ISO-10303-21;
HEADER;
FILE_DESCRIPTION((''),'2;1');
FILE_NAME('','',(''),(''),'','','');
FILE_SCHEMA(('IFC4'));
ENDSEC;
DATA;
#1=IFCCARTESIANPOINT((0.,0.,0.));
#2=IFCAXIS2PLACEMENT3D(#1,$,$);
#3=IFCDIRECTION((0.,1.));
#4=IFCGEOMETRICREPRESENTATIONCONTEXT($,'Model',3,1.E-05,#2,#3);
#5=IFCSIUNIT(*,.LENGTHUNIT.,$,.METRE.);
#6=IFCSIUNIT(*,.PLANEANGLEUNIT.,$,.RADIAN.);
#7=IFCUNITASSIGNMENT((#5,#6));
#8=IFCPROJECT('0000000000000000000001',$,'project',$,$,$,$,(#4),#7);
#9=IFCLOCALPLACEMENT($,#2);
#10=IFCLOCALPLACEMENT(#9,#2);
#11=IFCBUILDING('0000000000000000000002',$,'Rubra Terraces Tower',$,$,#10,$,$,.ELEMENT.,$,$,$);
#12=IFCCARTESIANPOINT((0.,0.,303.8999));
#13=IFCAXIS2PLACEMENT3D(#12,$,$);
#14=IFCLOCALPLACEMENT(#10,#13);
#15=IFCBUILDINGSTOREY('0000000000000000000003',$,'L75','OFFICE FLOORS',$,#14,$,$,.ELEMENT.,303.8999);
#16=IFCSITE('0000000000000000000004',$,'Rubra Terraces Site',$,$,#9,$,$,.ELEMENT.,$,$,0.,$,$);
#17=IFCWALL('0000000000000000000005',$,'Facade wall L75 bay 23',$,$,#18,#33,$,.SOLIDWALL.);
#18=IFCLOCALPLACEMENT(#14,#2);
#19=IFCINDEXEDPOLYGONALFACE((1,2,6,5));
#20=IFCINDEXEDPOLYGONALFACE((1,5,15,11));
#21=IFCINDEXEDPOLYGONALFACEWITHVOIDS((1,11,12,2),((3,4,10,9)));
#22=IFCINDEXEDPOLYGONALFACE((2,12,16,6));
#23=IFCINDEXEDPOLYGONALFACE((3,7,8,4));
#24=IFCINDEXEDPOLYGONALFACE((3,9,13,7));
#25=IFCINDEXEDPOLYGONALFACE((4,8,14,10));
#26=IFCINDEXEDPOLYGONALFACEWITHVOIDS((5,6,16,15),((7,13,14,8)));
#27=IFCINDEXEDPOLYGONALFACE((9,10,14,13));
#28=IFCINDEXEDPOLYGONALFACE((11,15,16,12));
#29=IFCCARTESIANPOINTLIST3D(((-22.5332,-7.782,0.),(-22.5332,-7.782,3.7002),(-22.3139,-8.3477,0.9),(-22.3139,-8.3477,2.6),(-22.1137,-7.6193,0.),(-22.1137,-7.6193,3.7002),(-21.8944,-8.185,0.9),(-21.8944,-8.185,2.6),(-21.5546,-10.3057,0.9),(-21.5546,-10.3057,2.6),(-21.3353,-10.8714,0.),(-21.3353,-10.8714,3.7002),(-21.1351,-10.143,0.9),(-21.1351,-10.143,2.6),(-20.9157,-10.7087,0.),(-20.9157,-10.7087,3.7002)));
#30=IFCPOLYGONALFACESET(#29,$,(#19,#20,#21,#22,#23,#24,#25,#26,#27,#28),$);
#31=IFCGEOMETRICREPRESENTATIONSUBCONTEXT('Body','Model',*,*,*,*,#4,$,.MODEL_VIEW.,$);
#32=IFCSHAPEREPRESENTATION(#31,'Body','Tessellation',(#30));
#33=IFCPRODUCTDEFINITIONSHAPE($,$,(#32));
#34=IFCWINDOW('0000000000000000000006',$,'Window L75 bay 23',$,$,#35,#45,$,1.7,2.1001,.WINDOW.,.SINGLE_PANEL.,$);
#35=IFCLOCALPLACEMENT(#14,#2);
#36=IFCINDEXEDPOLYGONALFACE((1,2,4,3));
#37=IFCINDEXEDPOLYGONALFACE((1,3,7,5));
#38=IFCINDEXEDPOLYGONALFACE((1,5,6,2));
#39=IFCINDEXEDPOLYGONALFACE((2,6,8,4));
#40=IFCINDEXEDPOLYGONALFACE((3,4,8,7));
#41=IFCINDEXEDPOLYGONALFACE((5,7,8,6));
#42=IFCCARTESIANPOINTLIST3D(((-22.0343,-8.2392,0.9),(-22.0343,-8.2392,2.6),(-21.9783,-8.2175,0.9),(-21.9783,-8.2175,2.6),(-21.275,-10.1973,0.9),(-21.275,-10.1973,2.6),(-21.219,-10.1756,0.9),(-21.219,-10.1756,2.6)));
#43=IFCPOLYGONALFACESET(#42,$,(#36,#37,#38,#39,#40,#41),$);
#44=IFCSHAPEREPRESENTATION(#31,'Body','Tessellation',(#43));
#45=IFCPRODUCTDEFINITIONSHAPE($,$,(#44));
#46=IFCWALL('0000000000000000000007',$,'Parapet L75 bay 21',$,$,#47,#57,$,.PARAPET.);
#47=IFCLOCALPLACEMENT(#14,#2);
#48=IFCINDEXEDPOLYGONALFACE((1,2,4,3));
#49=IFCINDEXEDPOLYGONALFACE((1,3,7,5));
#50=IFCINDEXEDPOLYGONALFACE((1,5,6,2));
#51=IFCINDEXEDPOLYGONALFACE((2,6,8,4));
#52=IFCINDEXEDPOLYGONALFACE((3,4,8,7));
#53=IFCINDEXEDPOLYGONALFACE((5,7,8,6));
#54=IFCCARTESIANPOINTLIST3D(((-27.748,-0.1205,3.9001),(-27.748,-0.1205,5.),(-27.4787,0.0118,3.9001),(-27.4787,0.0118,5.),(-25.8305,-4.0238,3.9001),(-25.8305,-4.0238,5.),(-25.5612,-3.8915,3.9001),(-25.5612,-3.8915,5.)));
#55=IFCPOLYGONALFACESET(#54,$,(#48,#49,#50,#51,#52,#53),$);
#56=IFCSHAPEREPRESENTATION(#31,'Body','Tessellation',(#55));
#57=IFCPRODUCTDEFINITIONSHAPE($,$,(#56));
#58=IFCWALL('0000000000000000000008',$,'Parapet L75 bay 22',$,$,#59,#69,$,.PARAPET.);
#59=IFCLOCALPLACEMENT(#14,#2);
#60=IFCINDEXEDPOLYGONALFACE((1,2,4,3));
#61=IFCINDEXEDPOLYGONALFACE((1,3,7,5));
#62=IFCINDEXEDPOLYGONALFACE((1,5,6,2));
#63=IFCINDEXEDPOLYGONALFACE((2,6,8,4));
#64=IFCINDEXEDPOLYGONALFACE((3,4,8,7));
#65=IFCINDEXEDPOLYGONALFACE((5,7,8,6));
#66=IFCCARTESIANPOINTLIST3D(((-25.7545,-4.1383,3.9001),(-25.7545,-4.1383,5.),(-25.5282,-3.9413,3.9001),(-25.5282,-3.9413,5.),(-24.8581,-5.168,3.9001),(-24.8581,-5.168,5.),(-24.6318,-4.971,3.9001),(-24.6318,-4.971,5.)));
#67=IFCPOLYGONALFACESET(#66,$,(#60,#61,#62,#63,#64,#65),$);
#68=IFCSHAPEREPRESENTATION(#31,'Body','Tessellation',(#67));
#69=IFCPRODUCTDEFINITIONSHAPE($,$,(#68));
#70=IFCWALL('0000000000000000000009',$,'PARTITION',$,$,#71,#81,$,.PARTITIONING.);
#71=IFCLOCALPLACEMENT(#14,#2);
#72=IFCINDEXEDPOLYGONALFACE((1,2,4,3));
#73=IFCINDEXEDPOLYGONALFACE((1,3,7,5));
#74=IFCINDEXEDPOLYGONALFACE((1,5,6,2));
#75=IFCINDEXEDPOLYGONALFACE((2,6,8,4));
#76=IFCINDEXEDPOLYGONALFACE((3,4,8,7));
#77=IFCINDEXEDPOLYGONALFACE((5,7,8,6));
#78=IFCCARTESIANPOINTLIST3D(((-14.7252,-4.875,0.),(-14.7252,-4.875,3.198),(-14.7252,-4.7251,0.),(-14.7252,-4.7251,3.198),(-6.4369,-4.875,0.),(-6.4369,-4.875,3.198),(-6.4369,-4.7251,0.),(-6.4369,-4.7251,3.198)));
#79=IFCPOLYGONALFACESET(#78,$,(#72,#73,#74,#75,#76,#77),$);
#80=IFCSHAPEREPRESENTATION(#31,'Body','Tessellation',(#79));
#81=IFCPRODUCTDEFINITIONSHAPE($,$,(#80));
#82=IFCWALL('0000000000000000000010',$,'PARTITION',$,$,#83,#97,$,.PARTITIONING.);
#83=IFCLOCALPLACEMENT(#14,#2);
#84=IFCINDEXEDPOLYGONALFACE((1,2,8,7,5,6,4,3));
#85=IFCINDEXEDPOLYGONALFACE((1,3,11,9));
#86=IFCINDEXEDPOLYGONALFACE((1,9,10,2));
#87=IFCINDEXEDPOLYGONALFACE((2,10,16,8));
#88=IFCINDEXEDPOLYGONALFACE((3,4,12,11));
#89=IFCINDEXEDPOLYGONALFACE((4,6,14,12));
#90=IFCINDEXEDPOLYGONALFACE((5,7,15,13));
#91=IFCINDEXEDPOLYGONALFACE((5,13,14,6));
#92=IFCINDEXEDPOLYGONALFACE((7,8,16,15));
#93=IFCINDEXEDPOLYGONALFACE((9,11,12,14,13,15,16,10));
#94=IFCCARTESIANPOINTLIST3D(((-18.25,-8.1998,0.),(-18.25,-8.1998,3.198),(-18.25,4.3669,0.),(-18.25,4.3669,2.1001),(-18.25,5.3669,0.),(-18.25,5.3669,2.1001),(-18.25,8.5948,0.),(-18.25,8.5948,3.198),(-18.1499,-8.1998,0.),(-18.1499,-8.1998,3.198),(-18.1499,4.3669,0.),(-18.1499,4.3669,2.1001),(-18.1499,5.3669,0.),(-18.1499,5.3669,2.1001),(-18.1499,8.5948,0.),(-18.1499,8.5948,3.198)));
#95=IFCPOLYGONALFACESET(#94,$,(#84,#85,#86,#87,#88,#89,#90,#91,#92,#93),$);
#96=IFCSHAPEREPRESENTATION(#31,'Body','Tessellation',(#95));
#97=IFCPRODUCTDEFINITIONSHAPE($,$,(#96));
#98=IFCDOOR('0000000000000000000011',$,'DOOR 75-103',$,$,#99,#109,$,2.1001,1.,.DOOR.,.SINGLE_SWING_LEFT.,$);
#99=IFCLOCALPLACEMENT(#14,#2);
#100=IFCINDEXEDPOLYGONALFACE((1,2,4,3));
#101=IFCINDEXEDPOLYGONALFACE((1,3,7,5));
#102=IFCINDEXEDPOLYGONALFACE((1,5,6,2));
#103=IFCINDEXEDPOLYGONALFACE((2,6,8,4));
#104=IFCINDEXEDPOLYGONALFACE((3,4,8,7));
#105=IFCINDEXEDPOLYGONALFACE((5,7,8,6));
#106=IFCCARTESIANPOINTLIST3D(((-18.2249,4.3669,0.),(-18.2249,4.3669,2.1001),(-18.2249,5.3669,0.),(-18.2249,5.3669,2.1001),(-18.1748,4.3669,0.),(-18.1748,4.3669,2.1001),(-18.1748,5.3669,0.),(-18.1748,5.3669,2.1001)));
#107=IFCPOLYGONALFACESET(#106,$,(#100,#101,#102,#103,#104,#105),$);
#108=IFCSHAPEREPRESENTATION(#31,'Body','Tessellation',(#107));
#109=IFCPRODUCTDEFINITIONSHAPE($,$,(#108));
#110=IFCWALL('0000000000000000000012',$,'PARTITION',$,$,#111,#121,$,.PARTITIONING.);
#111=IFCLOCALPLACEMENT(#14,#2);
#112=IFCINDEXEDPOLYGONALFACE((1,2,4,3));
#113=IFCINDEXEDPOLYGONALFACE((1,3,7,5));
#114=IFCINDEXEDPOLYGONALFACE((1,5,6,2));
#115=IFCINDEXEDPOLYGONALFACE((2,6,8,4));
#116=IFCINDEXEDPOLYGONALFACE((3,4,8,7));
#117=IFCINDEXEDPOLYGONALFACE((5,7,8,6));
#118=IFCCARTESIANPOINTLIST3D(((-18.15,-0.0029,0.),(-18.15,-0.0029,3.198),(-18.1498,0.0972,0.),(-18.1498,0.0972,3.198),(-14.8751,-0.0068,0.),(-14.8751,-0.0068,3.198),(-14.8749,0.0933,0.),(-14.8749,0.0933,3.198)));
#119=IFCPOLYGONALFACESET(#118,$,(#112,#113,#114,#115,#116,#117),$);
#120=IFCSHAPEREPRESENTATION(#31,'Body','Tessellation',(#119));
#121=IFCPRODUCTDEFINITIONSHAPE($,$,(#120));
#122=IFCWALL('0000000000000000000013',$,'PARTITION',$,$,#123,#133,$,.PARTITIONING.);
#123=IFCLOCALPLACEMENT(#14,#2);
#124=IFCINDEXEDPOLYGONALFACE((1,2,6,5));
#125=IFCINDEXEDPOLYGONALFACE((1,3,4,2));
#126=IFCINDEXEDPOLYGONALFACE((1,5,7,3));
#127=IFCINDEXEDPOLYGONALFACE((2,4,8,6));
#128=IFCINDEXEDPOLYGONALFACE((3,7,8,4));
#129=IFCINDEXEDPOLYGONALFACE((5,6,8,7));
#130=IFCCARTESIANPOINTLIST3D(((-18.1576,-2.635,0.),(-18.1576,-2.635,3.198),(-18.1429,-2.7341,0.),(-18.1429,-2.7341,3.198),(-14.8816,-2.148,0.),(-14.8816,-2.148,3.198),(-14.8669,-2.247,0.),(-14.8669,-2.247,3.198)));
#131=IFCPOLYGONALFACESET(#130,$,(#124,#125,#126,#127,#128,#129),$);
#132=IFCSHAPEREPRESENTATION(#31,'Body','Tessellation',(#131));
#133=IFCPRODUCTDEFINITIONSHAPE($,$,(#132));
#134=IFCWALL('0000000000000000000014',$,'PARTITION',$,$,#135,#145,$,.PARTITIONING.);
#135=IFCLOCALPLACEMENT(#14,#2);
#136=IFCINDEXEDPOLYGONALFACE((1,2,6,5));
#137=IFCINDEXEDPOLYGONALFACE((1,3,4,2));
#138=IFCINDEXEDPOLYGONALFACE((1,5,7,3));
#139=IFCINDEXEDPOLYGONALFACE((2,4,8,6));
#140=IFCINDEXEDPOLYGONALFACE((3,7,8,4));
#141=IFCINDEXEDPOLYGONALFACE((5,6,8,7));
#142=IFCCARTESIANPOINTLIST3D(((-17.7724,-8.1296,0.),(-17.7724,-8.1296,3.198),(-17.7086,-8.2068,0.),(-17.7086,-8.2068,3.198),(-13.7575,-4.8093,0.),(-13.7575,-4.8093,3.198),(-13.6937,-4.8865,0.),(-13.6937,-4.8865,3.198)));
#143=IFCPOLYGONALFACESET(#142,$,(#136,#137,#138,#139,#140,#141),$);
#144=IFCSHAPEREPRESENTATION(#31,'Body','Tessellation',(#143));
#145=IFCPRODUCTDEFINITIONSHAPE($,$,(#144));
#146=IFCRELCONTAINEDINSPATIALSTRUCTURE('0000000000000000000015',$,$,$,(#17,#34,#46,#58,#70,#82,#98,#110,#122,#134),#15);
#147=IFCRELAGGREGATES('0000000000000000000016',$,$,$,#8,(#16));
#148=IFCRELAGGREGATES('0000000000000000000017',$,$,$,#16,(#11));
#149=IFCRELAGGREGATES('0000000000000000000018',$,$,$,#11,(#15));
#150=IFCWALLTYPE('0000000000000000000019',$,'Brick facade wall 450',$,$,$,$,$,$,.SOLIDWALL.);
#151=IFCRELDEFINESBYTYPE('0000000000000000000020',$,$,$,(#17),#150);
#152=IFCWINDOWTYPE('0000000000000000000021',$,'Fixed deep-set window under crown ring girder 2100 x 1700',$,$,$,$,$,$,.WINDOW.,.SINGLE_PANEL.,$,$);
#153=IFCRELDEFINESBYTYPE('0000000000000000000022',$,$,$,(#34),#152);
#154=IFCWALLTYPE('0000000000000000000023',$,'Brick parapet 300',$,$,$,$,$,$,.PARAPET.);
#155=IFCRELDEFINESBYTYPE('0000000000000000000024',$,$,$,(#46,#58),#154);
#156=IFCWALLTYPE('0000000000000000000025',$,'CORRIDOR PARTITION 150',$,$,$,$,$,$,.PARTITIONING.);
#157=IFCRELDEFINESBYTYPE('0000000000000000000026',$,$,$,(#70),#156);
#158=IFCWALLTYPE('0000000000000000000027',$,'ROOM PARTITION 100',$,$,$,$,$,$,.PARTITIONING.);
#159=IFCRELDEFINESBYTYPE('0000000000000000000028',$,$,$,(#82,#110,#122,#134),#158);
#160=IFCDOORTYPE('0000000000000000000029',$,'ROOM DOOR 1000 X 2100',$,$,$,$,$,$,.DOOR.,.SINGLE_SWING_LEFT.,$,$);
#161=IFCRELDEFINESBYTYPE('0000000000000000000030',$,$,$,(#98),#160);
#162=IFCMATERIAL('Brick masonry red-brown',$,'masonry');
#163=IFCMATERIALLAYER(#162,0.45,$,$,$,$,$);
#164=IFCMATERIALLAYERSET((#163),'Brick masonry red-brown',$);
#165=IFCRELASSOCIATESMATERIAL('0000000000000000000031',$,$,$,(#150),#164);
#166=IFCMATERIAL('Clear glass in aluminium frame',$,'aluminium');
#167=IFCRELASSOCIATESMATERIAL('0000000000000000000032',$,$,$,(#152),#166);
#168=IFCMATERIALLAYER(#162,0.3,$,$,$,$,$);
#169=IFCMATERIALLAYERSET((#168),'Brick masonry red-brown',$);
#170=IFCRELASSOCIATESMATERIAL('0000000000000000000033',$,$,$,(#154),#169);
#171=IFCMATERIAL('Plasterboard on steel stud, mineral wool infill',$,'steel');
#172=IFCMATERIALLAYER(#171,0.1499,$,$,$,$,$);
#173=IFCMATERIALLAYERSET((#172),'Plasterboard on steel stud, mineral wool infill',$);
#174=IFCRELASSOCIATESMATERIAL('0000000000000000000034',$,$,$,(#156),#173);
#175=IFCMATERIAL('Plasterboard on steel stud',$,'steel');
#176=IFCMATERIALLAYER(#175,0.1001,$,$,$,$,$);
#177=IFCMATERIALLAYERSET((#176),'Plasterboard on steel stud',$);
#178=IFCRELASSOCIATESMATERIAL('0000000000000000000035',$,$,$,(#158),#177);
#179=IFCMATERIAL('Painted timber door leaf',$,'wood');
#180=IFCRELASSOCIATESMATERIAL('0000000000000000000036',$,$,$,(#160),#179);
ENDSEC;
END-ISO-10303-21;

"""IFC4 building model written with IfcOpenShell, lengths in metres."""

from ifc_helpers import new_model, si_unit, direction, frame, frame_2d, origin, place, context, subcontext, project, spatial, rectangle, extrude, material, layer, layer_set, type_object, element, fill, save


model = new_model("IFC4")

# Units and contexts
model_context = context("Model", 3, precision=1e-05, world=origin(), true_north=direction((0.0, 1.0)))
body_context = subcontext(model_context, "Body", "Model", "MODEL_VIEW")
ifc_project = project(units=[si_unit("LENGTHUNIT", "METRE"), si_unit("PLANEANGLEUNIT", "RADIAN")], contexts=[model_context])

# Site, building, storey
site_placement = place(None, origin())
site = spatial("IfcSite", under=ifc_project, at=site_placement, Name="Rubra Terraces Site", CompositionType="ELEMENT", RefElevation=0.0)
building_placement = place(site_placement, origin())
building = spatial("IfcBuilding", under=site, at=building_placement, Name="Rubra Terraces Tower", CompositionType="ELEMENT")
storey_placement = place(building_placement, frame((0.0, 0.0, 303.8999)))
storey = spatial("IfcBuildingStorey", under=building, at=storey_placement, Name="L75", Description="OFFICE FLOORS", CompositionType="ELEMENT", Elevation=303.8999)

# Wall, opening, window
ifc_material_1 = material(Name="Brick masonry red-brown", Category="masonry")
ifc_layer_1 = layer(ifc_material_1, 0.45)
ifc_layer_set_1 = layer_set([ifc_layer_1], Name="Brick masonry red-brown")
wall_type_1 = type_object("IfcWallType", Name="Brick facade wall 450", PredefinedType="SOLIDWALL", material=ifc_layer_set_1)
ifc_material_2 = material(Name="Clear glass in aluminium frame", Category="aluminium")
window_type = type_object("IfcWindowType", Name="Fixed deep-set window under crown ring girder 2100 x 1700", PartitioningType="SINGLE_PANEL", PredefinedType="WINDOW", material=ifc_material_2)
wall_1_placement = place(storey_placement, frame((-22.3235, -7.7007, 0.0), z_axis=(0.0, 0.0, 1.0), x_axis=(0.36155, -0.932353, 0.0)))
wall_1 = element("IfcWall", 1, at=wall_1_placement, inside=storey, type_object=wall_type_1, Name="Facade wall L75 bay 23", PredefinedType="SOLIDWALL", context=body_context, shape_type="SweptSolid", body=[
    extrude(rectangle(XDim=3.3135, YDim=0.45, at=frame_2d((1.6567, 0.0))), origin(), (0.0, 0.0, 1.0), 3.7002),
])
opening_1_placement = place(wall_1_placement, frame((0.6067, 0.0, 0.8999)))
opening_1 = element("IfcOpeningElement", 2, at=opening_1_placement, cuts=wall_1, PredefinedType="OPENING", context=body_context, shape_type="SweptSolid", body=[
    extrude(rectangle(XDim=2.1001, YDim=1.7, at=frame_2d((1.05, 0.8501))), frame((0.0, 0.2349, 0.0), z_axis=(0.0, -1.0, 0.0), x_axis=(1.0, 0.0, 0.0)), (0.0, 0.0, 1.0), 0.47),
])
window_1_placement = place(opening_1_placement, origin())
window_1 = element("IfcWindow", 3, at=window_1_placement, inside=storey, type_object=window_type, Name="Window L75 bay 23", OverallHeight=1.7, OverallWidth=2.1001, PartitioningType="SINGLE_PANEL", PredefinedType="WINDOW", context=body_context, shape_type="SweptSolid", body=[
    extrude(rectangle(XDim=2.1001, YDim=1.7, at=frame_2d((1.05, 0.8501))), frame((0.0, 0.135, 0.0), z_axis=(0.0, -1.0, 0.0), x_axis=(1.0, 0.0, 0.0)), (0.0, 0.0, 1.0), 0.0601),
])
fill(opening_1, window_1)

# Walls
ifc_layer_2 = layer(ifc_material_1, 0.3)
ifc_layer_set_2 = layer_set([ifc_layer_2], Name="Brick masonry red-brown")
wall_type_2 = type_object("IfcWallType", Name="Brick parapet 300", PredefinedType="PARAPET", material=ifc_layer_set_2)
wall_2_placement = place(storey_placement, frame((-27.6133, -0.0544, 3.9001), z_axis=(0.0, 0.0, 1.0), x_axis=(0.440915, -0.897549, 0.0)))
element("IfcWall", 4, at=wall_2_placement, inside=storey, type_object=wall_type_2, Name="Parapet L75 bay 21", PredefinedType="PARAPET", context=body_context, shape_type="SweptSolid", body=[
    extrude(rectangle(XDim=4.3489, YDim=0.3, at=frame_2d((2.1743, 0.0))), origin(), (0.0, 0.0, 1.0), 1.0999),
])
wall_3_placement = place(storey_placement, frame((-25.6414, -4.0398, 3.9001), z_axis=(0.0, 0.0, 1.0), x_axis=(0.656604, -0.754236, 0.0)))
element("IfcWall", 5, at=wall_3_placement, inside=storey, type_object=wall_type_2, Name="Parapet L75 bay 22", PredefinedType="PARAPET", context=body_context, shape_type="SweptSolid", body=[
    extrude(rectangle(XDim=1.3652, YDim=0.3, at=frame_2d((0.6826, 0.0))), origin(), (0.0, 0.0, 1.0), 1.0999),
])
ifc_material_3 = material(Name="Plasterboard on steel stud, mineral wool infill", Category="steel")
ifc_layer_3 = layer(ifc_material_3, 0.1499)
ifc_layer_set_3 = layer_set([ifc_layer_3], Name="Plasterboard on steel stud, mineral wool infill")
wall_type_3 = type_object("IfcWallType", Name="CORRIDOR PARTITION 150", PredefinedType="PARTITIONING", material=ifc_layer_set_3)
wall_4_placement = place(storey_placement, frame((-14.7251, -4.8, 0.0), z_axis=(0.0, 0.0, 1.0), x_axis=(1.0, 0.0, 0.0)))
element("IfcWall", 6, at=wall_4_placement, inside=storey, type_object=wall_type_3, Name="PARTITION", PredefinedType="PARTITIONING", context=body_context, shape_type="SweptSolid", body=[
    extrude(rectangle(XDim=8.2883, YDim=0.1499, at=frame_2d((4.144, 0.0))), origin(), (0.0, 0.0, 1.0), 3.198),
])

# Wall, opening, door
ifc_material_4 = material(Name="Plasterboard on steel stud", Category="steel")
ifc_layer_4 = layer(ifc_material_4, 0.1001)
ifc_layer_set_4 = layer_set([ifc_layer_4], Name="Plasterboard on steel stud")
wall_type_4 = type_object("IfcWallType", Name="ROOM PARTITION 100", PredefinedType="PARTITIONING", material=ifc_layer_set_4)
wall_5_placement = place(storey_placement, frame((-18.2, -8.2, 0.0), z_axis=(0.0, 0.0, 1.0), x_axis=(0.0, 1.0, 0.0)))
wall_5 = element("IfcWall", 7, at=wall_5_placement, inside=storey, type_object=wall_type_4, Name="PARTITION", PredefinedType="PARTITIONING", context=body_context, shape_type="SweptSolid", body=[
    extrude(rectangle(XDim=16.7947, YDim=0.1001, at=frame_2d((8.3975, 0.0))), origin(), (0.0, 0.0, 1.0), 3.198),
])
opening_2_placement = place(wall_5_placement, frame((12.5669, 0.0, 0.0)))
opening_2 = element("IfcOpeningElement", 8, at=opening_2_placement, cuts=wall_5, PredefinedType="OPENING", context=body_context, shape_type="SweptSolid", body=[
    extrude(rectangle(XDim=1.0, YDim=2.1001, at=frame_2d((0.5, 1.05))), frame((0.0, 0.0601, 0.0), z_axis=(0.0, -1.0, 0.0), x_axis=(1.0, 0.0, 0.0)), (0.0, 0.0, 1.0), 0.1201),
])
ifc_material_5 = material(Name="Painted timber door leaf", Category="wood")
door_type = type_object("IfcDoorType", Name="ROOM DOOR 1000 X 2100", OperationType="SINGLE_SWING_LEFT", PredefinedType="DOOR", material=ifc_material_5)
door_placement = place(opening_2_placement, origin())
door = element("IfcDoor", 9, at=door_placement, inside=storey, type_object=door_type, Name="DOOR 75-103", OperationType="SINGLE_SWING_LEFT", OverallHeight=2.1001, OverallWidth=1.0, PredefinedType="DOOR", context=body_context, shape_type="SweptSolid", body=[
    extrude(rectangle(XDim=1.0, YDim=2.1001, at=frame_2d((0.5, 1.05))), frame((0.0, 0.0249, 0.0), z_axis=(0.0, -1.0, 0.0), x_axis=(1.0, 0.0, 0.0)), (0.0, 0.0, 1.0), 0.05),
])
fill(opening_2, door)

# Walls
wall_6_placement = place(storey_placement, frame((-14.875, 0.0432, 0.0), z_axis=(0.0, 0.0, 1.0), x_axis=(-0.999999, 0.001193, 0.0)))
element("IfcWall", 10, at=wall_6_placement, inside=storey, type_object=wall_type_4, Name="PARTITION", PredefinedType="PARTITIONING", context=body_context, shape_type="SweptSolid", body=[
    extrude(rectangle(XDim=3.2749, YDim=0.1001, at=frame_2d((1.6375, 0.0))), origin(), (0.0, 0.0, 1.0), 3.198),
])
wall_7_placement = place(storey_placement, frame((-14.8743, -2.1975, 0.0), z_axis=(0.0, 0.0, 1.0), x_axis=(-0.989129, -0.147054, 0.0)))
element("IfcWall", 11, at=wall_7_placement, inside=storey, type_object=wall_type_4, Name="PARTITION", PredefinedType="PARTITIONING", context=body_context, shape_type="SweptSolid", body=[
    extrude(rectangle(XDim=3.312, YDim=0.1001, at=frame_2d((1.656, 0.0))), origin(), (0.0, 0.0, 1.0), 3.198),
])
wall_8_placement = place(storey_placement, frame((-13.7256, -4.8479, 0.0), z_axis=(0.0, 0.0, 1.0), x_axis=(-0.770617, -0.637299, 0.0)))
element("IfcWall", 12, at=wall_8_placement, inside=storey, type_object=wall_type_4, Name="PARTITION", PredefinedType="PARTITIONING", context=body_context, shape_type="SweptSolid", body=[
    extrude(rectangle(XDim=5.21, YDim=0.1001, at=frame_2d((2.605, 0.0))), origin(), (0.0, 0.0, 1.0), 3.198),
])

save(model, "model.ifc")
